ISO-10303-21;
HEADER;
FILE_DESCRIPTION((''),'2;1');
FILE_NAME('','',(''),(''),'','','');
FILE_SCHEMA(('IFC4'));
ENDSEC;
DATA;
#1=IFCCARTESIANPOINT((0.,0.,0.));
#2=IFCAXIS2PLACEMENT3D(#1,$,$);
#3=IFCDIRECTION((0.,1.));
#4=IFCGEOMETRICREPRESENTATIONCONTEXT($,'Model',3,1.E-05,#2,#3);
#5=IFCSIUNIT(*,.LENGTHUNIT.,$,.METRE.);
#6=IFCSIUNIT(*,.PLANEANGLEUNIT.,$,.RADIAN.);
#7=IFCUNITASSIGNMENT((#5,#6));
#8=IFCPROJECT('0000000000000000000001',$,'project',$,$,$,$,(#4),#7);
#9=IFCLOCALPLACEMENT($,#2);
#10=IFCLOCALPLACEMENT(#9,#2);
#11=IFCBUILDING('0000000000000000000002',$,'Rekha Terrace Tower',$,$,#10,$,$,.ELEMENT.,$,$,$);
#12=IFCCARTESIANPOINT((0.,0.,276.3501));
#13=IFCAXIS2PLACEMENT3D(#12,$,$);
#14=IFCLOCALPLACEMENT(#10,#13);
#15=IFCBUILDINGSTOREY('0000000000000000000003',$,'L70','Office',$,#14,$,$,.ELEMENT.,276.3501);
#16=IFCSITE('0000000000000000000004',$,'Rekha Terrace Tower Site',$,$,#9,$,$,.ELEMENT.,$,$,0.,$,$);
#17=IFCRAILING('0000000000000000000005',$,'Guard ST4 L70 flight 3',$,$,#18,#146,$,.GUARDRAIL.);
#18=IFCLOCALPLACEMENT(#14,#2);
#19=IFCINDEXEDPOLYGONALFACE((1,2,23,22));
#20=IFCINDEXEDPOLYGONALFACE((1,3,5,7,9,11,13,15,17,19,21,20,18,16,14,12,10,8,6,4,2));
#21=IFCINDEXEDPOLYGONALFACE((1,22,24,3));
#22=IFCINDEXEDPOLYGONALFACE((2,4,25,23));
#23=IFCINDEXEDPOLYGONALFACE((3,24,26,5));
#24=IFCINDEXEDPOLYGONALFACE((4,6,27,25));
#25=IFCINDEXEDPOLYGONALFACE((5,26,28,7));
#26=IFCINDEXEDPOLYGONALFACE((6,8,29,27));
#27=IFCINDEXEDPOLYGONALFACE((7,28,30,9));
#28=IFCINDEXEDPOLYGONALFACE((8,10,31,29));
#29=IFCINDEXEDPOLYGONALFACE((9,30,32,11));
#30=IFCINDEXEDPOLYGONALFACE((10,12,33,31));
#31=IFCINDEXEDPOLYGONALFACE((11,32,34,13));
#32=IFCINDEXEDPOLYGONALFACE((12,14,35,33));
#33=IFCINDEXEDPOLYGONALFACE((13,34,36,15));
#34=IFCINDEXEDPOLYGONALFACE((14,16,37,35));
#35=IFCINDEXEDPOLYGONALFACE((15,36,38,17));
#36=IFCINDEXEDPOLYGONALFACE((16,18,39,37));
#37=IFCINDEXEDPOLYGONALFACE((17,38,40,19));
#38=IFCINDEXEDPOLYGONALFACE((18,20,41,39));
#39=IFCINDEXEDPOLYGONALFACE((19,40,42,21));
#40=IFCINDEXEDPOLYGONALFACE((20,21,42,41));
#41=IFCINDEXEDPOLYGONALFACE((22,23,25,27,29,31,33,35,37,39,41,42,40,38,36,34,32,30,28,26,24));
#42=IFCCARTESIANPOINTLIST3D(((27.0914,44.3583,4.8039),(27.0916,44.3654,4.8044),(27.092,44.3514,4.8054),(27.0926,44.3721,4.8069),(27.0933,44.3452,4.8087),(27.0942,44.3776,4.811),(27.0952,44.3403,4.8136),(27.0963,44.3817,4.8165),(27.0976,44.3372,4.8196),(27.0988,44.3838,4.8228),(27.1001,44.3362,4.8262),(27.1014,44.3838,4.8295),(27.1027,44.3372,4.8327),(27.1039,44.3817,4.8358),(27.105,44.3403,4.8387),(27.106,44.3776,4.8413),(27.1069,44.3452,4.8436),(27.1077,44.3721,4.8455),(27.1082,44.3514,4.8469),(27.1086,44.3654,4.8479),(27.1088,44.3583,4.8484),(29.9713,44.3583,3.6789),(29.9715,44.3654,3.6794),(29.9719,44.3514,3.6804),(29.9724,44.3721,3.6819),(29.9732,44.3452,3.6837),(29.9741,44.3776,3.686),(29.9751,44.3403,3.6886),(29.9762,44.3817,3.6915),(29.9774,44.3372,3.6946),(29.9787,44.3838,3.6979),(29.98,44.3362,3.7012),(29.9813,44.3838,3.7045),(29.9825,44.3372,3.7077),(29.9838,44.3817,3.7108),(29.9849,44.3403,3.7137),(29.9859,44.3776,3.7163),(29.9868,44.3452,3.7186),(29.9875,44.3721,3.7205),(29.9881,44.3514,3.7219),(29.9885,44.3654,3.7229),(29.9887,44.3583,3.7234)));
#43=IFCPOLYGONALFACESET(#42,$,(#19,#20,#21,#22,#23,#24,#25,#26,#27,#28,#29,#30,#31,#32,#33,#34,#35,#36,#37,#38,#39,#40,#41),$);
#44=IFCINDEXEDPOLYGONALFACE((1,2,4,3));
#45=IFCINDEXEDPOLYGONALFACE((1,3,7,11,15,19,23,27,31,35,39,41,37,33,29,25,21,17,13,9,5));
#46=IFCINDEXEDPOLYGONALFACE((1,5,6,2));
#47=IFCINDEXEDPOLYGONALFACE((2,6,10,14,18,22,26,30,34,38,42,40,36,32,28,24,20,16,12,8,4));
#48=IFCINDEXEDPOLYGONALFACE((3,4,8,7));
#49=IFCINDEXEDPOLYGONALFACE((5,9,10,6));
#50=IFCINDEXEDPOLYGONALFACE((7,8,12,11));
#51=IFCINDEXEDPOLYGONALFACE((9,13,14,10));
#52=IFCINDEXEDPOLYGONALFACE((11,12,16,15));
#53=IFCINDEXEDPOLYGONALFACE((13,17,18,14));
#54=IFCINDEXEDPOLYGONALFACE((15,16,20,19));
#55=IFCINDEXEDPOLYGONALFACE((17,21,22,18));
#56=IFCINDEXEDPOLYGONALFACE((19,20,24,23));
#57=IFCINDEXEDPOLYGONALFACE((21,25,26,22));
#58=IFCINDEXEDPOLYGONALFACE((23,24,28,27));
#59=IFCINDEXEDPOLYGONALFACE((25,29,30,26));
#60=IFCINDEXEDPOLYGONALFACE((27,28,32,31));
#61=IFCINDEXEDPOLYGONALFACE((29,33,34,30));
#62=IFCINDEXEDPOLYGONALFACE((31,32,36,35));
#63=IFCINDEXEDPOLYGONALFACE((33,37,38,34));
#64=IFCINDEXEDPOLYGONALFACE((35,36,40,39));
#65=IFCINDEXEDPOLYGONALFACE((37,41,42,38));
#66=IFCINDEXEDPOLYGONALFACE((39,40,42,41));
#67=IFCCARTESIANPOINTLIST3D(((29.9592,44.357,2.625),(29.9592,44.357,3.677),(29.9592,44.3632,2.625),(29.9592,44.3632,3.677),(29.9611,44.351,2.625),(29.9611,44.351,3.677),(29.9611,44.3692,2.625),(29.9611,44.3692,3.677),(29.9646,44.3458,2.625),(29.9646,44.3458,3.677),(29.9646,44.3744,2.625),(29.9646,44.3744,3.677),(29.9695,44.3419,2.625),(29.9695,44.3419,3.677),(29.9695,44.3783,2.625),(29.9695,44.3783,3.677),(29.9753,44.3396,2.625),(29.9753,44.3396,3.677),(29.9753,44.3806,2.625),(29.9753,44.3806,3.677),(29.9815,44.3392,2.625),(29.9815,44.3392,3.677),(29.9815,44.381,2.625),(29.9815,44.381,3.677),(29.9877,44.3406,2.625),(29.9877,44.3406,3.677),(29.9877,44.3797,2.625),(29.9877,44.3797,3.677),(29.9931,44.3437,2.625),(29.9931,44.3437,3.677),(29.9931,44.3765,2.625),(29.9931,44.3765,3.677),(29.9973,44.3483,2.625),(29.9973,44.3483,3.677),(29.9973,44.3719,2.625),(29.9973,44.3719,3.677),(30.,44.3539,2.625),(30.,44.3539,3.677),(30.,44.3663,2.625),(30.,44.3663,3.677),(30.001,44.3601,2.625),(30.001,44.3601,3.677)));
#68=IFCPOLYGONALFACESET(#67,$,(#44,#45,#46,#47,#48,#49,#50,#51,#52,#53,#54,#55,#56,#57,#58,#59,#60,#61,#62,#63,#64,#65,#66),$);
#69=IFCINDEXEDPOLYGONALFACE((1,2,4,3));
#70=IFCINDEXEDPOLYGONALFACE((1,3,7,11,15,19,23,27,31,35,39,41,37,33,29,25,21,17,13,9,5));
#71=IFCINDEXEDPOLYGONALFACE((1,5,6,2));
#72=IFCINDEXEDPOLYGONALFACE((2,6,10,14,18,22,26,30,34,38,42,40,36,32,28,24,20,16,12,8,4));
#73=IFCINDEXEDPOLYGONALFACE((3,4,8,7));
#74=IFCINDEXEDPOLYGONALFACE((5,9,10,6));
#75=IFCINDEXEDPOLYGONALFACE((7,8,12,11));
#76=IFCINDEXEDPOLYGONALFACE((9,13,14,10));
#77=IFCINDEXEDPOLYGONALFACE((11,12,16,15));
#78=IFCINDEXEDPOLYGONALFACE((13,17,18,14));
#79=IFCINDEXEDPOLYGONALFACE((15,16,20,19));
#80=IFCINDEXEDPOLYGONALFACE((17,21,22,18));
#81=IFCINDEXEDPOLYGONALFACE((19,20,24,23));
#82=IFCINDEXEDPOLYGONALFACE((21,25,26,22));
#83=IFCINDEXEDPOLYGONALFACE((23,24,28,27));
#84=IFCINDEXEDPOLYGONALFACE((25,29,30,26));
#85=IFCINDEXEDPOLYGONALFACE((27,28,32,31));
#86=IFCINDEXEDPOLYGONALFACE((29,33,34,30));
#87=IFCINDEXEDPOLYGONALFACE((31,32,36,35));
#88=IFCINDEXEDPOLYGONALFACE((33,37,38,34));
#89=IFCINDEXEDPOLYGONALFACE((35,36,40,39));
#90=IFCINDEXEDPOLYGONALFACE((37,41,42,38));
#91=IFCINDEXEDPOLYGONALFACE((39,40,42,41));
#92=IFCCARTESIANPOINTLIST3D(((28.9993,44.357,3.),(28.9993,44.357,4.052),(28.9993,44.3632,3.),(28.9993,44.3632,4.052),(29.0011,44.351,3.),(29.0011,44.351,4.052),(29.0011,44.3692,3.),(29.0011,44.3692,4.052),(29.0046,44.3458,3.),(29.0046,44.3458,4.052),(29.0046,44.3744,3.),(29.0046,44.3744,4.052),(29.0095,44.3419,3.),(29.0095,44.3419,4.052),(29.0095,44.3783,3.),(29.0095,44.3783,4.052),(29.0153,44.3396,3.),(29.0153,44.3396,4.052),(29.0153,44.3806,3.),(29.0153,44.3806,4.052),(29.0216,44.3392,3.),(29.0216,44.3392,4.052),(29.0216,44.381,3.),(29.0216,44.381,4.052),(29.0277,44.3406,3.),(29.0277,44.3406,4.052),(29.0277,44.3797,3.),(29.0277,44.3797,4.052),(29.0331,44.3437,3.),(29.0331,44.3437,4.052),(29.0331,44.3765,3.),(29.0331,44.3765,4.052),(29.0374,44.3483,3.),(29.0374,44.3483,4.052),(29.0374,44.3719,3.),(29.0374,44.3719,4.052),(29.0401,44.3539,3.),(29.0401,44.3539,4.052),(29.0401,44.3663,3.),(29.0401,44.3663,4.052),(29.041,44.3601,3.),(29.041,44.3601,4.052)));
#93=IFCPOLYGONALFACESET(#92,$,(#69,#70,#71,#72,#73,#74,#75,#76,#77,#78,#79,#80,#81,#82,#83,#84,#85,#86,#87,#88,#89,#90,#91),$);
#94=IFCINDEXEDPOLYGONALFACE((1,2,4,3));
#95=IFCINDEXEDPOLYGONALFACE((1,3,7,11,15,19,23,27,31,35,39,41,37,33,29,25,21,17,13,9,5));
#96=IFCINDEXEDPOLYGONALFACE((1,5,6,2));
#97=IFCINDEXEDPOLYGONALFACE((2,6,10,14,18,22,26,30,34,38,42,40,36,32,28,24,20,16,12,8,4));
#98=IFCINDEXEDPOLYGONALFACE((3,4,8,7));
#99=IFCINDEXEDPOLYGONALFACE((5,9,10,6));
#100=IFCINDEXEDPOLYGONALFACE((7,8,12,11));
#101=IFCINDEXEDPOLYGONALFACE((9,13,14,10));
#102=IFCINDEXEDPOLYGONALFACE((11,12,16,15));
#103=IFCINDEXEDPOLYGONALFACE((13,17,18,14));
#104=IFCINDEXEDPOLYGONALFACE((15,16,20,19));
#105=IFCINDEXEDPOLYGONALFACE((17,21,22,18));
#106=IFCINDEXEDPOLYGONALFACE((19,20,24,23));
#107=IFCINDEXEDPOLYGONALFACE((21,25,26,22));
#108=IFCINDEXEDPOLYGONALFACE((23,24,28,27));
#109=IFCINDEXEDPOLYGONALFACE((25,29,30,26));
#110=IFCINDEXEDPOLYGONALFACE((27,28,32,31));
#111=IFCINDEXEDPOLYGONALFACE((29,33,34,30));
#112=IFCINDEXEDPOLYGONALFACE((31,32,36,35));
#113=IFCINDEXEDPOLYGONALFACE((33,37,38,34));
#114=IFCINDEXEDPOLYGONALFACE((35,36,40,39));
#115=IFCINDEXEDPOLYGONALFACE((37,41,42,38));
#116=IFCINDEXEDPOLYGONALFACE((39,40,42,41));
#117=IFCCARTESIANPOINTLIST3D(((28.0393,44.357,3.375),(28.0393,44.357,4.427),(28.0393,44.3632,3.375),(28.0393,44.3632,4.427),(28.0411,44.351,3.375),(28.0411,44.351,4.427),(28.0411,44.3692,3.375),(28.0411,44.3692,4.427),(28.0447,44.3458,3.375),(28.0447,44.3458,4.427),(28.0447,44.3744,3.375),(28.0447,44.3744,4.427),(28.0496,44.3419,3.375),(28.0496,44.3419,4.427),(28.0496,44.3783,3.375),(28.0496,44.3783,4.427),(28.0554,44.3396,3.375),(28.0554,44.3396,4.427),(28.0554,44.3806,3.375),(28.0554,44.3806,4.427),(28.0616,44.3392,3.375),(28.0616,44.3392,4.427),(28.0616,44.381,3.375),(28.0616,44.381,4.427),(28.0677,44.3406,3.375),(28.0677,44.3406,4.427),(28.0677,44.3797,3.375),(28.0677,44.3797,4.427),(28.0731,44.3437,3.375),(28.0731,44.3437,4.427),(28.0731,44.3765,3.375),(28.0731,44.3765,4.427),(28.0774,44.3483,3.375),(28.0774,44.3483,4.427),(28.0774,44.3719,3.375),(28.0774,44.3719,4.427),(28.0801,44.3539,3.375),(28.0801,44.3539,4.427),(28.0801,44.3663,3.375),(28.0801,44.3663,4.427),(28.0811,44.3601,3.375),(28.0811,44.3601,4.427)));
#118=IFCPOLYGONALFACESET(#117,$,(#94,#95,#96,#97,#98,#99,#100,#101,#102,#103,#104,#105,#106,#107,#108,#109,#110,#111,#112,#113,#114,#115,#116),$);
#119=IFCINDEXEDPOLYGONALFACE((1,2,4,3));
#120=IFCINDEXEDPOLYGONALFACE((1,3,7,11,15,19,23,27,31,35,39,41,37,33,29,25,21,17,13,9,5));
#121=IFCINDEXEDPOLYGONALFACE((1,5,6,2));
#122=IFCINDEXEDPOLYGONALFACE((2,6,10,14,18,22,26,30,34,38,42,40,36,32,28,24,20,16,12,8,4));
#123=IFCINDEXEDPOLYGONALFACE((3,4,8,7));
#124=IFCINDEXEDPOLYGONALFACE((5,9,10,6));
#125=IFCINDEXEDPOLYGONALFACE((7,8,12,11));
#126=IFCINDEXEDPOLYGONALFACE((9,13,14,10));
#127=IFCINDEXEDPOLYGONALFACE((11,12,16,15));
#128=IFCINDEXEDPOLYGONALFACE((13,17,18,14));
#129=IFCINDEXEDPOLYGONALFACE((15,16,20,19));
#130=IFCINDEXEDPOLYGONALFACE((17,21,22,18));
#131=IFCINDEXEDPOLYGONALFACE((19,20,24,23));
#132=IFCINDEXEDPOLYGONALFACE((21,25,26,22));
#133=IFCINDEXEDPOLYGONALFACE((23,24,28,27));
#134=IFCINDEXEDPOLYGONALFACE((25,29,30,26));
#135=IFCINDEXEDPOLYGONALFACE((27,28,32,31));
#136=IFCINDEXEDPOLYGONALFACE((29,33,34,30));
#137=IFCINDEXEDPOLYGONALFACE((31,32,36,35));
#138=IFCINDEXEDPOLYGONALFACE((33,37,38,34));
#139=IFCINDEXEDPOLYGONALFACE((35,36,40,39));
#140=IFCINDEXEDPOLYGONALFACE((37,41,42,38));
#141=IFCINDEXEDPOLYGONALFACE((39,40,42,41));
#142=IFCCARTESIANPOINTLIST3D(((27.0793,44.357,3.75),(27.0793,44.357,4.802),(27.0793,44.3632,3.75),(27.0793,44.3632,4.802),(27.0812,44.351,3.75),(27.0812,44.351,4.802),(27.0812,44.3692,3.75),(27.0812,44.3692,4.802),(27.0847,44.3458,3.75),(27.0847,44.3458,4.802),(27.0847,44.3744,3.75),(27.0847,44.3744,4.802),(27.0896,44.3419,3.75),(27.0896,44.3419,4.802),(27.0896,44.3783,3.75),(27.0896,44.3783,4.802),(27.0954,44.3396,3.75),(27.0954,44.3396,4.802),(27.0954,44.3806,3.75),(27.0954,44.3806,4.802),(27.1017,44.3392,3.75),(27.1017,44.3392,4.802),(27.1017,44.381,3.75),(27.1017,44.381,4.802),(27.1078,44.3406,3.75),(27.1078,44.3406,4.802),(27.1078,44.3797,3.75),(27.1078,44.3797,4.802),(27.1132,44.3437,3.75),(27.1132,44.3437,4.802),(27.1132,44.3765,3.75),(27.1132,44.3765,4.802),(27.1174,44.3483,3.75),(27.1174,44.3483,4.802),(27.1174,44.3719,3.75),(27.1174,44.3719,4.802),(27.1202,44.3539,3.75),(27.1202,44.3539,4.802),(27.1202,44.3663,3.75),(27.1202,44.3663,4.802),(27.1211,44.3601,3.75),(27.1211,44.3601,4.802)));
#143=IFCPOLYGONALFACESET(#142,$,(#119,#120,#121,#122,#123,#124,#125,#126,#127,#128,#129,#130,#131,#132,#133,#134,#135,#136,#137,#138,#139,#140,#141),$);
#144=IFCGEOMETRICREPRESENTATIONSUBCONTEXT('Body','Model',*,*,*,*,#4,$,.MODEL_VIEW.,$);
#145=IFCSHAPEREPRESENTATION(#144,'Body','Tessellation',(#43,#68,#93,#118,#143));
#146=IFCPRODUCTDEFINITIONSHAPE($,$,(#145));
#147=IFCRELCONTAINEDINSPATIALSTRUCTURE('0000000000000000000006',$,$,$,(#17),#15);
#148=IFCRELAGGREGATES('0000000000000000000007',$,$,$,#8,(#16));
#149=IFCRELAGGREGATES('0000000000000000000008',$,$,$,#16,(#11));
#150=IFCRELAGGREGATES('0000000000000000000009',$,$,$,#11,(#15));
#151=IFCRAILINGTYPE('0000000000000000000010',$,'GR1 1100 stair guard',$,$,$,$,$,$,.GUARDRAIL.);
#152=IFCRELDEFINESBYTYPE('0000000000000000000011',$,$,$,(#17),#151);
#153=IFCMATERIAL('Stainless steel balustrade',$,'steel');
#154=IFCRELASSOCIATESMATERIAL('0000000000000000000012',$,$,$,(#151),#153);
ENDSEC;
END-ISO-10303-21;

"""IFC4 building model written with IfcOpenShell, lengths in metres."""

from ifc_helpers import new_model, si_unit, direction, frame, origin, origin_2d, place, context, subcontext, project, spatial, circle, extrude, material, type_object, element, save


model = new_model("IFC4")

# Units and contexts
model_context = context("Model", 3, precision=1e-05, world=origin(), true_north=direction((0.0, 1.0)))
body_context = subcontext(model_context, "Body", "Model", "MODEL_VIEW")
ifc_project = project(units=[si_unit("LENGTHUNIT", "METRE"), si_unit("PLANEANGLEUNIT", "RADIAN")], contexts=[model_context])

# Site, building, storey
site_placement = place(None, origin())
site = spatial("IfcSite", under=ifc_project, at=site_placement, Name="Rekha Terrace Tower Site", CompositionType="ELEMENT", RefElevation=0.0)
building_placement = place(site_placement, origin())
building = spatial("IfcBuilding", under=site, at=building_placement, Name="Rekha Terrace Tower", CompositionType="ELEMENT")
storey_placement = place(building_placement, frame((0.0, 0.0, 276.3501)))
storey = spatial("IfcBuildingStorey", under=building, at=storey_placement, Name="L70", Description="Office", CompositionType="ELEMENT", Elevation=276.3501)

# Railing
ifc_material_1 = material(Name="Stainless steel balustrade", Category="steel")
railing_type_1 = type_object("IfcRailingType", Name="GR1 1100 stair guard", PredefinedType="GUARDRAIL", material=ifc_material_1)
railing_1_placement = place(storey_placement, frame((29.98, 44.3601, 2.625)))
element("IfcRailing", 1, at=railing_1_placement, inside=storey, type_object=railing_type_1, Name="Guard ST4 L70 flight 3", PredefinedType="GUARDRAIL", context=body_context, shape_type="SweptSolid", body=[
    extrude(circle(Radius=0.0239, at=origin_2d()), frame((0.0, 0.0, 1.0762), z_axis=(-0.931452, 0.0, 0.363863), x_axis=(0.0, -1.0, 0.0)), (0.0, 0.0, 1.0), 3.0918),
    extrude(circle(Radius=0.021, at=origin_2d()), origin(), (0.0, 0.0, 1.0), 1.052),
    extrude(circle(Radius=0.021, at=origin_2d()), frame((-0.96, 0.0, 0.375)), (0.0, 0.0, 1.0), 1.052),
    extrude(circle(Radius=0.021, at=origin_2d()), frame((-1.9199, 0.0, 0.75)), (0.0, 0.0, 1.0), 1.052),
    extrude(circle(Radius=0.021, at=origin_2d()), frame((-2.8799, 0.0, 1.125)), (0.0, 0.0, 1.0), 1.052),
])

save(model, "model.ifc")
